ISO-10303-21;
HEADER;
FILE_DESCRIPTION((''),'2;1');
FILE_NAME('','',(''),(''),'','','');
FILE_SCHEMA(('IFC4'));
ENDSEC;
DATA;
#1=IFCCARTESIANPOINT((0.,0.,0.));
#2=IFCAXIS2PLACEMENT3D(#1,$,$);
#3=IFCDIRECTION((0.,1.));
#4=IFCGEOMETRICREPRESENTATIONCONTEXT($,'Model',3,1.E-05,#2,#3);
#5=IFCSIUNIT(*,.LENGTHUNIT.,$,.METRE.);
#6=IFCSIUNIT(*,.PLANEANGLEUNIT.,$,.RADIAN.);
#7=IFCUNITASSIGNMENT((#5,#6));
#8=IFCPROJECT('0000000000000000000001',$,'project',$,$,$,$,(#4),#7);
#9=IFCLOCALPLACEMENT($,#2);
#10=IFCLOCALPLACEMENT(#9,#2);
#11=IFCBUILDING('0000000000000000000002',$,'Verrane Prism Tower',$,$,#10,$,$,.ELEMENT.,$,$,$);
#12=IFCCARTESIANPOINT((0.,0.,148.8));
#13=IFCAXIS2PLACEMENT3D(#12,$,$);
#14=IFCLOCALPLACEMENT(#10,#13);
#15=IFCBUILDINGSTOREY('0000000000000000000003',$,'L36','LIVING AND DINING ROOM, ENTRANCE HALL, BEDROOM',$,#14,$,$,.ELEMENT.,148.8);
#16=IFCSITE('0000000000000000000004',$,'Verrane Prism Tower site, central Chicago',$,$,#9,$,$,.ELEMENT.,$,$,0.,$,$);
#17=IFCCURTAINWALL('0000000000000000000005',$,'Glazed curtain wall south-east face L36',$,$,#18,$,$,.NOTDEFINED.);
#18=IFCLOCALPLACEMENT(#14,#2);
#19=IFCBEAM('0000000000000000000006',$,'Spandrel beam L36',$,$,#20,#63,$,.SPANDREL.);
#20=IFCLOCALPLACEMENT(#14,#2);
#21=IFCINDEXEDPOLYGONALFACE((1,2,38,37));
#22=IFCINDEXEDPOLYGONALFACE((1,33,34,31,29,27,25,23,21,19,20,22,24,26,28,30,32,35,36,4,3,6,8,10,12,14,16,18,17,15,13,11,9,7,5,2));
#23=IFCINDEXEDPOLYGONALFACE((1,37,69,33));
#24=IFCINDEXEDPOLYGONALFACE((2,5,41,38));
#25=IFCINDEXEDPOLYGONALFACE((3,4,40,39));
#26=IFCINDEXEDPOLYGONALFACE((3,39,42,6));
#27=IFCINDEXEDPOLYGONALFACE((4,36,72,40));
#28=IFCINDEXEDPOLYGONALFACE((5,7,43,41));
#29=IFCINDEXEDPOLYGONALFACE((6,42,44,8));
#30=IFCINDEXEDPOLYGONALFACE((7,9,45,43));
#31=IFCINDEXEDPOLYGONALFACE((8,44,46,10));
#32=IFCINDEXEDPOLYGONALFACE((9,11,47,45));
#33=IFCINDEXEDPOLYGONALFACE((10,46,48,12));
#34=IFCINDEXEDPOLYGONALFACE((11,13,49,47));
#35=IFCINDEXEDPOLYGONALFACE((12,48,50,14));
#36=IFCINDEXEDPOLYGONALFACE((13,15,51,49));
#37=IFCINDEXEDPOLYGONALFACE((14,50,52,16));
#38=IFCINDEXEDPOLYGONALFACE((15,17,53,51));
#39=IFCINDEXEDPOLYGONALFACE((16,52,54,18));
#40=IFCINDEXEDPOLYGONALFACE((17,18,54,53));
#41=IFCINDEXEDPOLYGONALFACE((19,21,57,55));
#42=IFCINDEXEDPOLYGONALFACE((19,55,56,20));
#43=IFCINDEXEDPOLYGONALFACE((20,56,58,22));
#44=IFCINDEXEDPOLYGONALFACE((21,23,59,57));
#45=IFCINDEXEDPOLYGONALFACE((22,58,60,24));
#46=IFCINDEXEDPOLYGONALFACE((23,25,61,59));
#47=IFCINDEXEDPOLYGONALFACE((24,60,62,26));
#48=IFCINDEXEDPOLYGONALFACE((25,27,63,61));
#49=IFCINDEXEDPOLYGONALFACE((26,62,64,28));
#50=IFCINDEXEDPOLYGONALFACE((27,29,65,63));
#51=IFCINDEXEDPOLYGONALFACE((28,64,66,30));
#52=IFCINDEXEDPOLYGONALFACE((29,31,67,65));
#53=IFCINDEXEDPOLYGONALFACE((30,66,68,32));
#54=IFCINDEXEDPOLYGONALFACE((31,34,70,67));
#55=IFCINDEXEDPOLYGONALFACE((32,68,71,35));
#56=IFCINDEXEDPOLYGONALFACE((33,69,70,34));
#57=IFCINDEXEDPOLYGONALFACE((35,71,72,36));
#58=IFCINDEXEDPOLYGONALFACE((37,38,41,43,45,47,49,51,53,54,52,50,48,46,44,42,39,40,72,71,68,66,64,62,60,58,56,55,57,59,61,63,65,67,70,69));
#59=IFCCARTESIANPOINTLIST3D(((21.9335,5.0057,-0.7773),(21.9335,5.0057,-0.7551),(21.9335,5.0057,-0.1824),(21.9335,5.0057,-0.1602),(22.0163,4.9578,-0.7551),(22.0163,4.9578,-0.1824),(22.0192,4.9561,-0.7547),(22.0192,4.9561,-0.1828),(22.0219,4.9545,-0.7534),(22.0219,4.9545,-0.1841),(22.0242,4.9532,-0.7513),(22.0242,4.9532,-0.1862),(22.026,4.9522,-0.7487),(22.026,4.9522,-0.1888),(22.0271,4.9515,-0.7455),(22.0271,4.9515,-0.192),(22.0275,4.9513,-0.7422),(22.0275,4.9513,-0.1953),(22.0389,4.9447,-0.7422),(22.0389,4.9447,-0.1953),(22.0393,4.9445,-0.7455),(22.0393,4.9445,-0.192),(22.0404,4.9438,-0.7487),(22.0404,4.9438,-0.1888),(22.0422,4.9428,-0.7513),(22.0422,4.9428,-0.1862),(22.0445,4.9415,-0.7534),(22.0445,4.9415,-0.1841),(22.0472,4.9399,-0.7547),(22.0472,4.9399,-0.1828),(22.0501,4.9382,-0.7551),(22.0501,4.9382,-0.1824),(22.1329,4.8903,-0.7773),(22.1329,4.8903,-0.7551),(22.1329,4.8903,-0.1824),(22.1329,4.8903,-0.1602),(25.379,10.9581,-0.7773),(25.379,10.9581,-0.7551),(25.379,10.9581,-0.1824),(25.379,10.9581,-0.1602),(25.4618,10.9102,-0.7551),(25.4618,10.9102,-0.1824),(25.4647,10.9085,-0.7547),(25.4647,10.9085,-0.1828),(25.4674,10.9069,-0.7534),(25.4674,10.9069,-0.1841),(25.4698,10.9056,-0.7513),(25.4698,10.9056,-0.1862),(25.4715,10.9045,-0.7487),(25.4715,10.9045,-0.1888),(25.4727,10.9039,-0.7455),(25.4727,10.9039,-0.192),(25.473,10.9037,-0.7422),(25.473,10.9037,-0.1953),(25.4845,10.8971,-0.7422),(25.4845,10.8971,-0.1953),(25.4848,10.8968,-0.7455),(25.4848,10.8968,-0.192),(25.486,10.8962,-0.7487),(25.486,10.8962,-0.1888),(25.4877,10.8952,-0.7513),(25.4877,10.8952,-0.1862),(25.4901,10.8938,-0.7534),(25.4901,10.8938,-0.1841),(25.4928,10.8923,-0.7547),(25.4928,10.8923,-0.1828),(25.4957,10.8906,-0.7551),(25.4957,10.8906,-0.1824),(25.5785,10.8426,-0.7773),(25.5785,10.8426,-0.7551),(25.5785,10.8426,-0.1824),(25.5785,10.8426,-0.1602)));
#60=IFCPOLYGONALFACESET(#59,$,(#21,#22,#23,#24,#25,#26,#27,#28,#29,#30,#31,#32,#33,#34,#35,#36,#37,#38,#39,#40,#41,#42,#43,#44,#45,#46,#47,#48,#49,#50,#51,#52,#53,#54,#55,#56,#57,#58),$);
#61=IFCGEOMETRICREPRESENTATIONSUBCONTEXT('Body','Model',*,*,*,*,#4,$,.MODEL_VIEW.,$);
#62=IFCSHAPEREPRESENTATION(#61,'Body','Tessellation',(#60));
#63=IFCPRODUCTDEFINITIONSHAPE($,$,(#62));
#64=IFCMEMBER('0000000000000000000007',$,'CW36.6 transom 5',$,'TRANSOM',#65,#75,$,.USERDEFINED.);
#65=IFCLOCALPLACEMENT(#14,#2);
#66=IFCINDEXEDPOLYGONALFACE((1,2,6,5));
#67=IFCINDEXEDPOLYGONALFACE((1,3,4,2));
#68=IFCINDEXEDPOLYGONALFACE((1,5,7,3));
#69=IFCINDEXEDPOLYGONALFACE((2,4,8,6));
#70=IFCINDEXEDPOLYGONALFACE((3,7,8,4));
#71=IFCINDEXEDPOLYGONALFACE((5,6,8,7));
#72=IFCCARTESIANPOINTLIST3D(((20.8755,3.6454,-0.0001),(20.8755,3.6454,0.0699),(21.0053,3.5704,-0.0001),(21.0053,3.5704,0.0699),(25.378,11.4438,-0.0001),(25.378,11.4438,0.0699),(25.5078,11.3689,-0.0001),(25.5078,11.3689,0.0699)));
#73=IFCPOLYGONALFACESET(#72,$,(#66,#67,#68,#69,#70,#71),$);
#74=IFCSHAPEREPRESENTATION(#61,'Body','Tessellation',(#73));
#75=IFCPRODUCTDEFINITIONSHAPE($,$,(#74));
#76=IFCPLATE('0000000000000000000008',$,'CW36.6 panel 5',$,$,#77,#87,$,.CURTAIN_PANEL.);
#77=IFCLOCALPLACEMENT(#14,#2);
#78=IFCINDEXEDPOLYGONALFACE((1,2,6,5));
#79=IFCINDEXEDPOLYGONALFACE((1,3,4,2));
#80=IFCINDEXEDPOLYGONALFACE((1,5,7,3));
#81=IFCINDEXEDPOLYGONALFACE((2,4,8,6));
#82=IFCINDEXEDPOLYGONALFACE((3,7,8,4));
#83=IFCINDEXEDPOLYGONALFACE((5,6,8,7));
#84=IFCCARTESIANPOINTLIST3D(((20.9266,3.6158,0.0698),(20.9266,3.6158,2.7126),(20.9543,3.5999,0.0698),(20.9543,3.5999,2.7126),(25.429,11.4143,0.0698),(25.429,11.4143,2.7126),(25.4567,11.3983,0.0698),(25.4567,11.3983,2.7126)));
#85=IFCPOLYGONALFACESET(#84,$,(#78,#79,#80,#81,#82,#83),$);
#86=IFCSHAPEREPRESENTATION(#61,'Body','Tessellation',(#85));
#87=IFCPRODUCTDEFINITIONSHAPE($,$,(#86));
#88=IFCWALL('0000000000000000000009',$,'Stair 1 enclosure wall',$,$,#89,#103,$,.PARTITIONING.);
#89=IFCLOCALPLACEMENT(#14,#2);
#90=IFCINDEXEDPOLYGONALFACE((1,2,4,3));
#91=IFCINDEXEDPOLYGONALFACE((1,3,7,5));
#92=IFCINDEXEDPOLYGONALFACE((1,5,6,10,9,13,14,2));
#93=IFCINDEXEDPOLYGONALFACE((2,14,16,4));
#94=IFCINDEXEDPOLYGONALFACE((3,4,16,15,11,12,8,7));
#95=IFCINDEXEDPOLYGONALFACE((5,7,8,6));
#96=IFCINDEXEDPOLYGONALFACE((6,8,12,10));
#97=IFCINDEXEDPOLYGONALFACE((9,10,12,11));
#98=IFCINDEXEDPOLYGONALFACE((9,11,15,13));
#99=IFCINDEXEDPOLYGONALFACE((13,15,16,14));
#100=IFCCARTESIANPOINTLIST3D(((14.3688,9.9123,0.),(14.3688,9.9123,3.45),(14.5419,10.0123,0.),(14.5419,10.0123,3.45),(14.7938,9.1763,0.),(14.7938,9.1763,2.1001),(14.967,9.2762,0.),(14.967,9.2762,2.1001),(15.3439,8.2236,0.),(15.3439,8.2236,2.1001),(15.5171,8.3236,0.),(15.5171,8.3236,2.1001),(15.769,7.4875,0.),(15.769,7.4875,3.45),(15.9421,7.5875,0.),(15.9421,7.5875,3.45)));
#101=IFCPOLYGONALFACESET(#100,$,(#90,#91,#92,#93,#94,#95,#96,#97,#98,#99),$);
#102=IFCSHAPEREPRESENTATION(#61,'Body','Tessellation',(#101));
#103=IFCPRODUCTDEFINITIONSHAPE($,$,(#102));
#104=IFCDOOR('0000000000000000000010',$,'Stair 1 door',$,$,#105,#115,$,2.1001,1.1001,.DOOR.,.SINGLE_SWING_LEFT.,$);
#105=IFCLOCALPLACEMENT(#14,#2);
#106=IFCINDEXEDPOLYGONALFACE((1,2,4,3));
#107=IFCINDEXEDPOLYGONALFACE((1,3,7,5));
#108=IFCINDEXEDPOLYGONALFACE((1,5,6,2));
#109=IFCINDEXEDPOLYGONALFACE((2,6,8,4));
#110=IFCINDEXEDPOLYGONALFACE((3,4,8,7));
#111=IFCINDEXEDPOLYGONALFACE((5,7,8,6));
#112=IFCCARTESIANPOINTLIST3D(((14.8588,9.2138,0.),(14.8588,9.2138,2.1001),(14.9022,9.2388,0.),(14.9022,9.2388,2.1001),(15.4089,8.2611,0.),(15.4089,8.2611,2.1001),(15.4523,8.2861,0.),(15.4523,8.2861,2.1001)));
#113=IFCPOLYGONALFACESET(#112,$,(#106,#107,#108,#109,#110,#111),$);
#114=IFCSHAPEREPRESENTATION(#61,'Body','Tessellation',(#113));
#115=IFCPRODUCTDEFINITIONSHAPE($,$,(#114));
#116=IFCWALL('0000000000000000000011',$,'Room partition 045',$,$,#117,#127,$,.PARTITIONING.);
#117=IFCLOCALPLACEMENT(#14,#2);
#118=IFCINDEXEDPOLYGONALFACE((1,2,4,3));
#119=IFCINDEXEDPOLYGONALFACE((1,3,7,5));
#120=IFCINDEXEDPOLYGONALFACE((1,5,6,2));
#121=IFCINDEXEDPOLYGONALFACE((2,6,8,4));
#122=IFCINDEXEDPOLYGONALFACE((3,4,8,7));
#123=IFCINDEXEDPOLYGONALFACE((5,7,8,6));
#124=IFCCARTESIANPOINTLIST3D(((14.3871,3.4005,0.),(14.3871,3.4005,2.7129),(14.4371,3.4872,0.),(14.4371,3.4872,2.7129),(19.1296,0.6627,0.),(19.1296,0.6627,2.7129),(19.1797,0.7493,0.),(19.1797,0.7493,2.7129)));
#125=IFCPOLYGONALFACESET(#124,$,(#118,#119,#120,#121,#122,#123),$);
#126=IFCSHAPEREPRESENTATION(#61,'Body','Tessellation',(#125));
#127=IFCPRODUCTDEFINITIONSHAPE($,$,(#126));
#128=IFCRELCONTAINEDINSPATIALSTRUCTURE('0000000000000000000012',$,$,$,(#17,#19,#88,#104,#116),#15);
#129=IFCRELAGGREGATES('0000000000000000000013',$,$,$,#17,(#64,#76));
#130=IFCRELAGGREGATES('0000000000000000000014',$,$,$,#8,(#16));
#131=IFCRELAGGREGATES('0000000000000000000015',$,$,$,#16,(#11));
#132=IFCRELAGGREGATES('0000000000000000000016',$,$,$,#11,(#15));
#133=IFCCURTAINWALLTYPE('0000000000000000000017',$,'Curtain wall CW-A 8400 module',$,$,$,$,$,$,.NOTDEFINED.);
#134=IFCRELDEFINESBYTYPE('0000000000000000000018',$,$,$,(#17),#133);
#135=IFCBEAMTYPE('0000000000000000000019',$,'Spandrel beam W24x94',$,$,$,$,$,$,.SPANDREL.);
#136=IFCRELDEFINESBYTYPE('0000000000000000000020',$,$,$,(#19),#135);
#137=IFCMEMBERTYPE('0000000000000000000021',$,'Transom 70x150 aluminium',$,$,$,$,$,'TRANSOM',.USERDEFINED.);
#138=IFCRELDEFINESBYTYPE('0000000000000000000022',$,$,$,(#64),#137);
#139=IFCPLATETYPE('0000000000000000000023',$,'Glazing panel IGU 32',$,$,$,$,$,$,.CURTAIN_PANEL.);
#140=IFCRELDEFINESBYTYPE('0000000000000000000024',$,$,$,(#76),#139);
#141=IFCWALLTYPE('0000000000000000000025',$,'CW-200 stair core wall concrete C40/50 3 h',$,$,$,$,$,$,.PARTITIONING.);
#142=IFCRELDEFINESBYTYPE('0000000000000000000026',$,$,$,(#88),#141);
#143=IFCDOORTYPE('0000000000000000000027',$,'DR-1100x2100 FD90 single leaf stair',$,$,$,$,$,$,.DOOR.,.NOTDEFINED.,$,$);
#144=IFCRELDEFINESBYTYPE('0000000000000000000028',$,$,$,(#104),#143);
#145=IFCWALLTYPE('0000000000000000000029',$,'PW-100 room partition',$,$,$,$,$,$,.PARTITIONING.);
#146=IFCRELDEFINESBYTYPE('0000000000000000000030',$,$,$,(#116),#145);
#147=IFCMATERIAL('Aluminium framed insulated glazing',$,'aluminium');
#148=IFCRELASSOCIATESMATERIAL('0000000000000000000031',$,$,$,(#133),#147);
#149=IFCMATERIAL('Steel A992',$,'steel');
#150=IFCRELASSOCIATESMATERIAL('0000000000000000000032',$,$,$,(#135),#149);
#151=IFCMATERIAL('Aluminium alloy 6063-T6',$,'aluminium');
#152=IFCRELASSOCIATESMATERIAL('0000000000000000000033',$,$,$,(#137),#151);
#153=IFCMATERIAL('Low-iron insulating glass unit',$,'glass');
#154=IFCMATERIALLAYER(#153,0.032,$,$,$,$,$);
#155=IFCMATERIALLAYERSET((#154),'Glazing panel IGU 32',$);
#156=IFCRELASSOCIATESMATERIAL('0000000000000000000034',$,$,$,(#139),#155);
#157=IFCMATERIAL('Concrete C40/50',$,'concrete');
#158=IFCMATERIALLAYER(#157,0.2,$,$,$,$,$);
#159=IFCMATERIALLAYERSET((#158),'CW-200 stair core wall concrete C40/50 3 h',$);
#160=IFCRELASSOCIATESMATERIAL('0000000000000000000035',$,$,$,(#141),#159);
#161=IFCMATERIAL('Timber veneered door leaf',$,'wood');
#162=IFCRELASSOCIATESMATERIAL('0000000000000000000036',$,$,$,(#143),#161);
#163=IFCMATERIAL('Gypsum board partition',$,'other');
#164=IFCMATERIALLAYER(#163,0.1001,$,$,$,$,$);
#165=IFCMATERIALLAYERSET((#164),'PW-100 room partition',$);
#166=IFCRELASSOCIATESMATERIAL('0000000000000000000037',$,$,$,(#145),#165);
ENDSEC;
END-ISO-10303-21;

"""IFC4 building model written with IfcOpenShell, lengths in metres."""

from ifc_helpers import new_model, si_unit, direction, frame, frame_2d, origin, origin_2d, place, context, subcontext, project, spatial, rectangle, i_section, extrude, material, layer, layer_set, material_profile, profile_set, type_object, element, fill, aggregate, save


model = new_model("IFC4")

# Units and contexts
model_context = context("Model", 3, precision=1e-05, world=origin(), true_north=direction((0.0, 1.0)))
body_context = subcontext(model_context, "Body", "Model", "MODEL_VIEW")
ifc_project = project(units=[si_unit("LENGTHUNIT", "METRE"), si_unit("PLANEANGLEUNIT", "RADIAN")], contexts=[model_context])

# Site, building, storey
site_placement = place(None, origin())
site = spatial("IfcSite", under=ifc_project, at=site_placement, Name="Verrane Prism Tower site, central Chicago", CompositionType="ELEMENT", RefElevation=0.0)
building_placement = place(site_placement, origin())
building = spatial("IfcBuilding", under=site, at=building_placement, Name="Verrane Prism Tower", CompositionType="ELEMENT")
storey_placement = place(building_placement, frame((0.0, 0.0, 148.8)))
storey = spatial("IfcBuildingStorey", under=building, at=storey_placement, Name="L36", Description="LIVING AND DINING ROOM, ENTRANCE HALL, BEDROOM", CompositionType="ELEMENT", Elevation=148.8)

# Curtain wall
ifc_material_1 = material(Name="Aluminium framed insulated glazing", Category="aluminium")
curtain_wall_type = type_object("IfcCurtainWallType", Name="Curtain wall CW-A 8400 module", PredefinedType="NOTDEFINED", material=ifc_material_1)
curtain_wall_1_placement = place(storey_placement, origin())
curtain_wall_1 = element("IfcCurtainWall", 1, at=curtain_wall_1_placement, inside=storey, type_object=curtain_wall_type, Name="Glazed curtain wall south-east face L36", PredefinedType="NOTDEFINED")

# Beam
ifc_material_2 = material(Name="Steel A992", Category="steel")
ifc_material_profile_1 = material_profile(ifc_material_2, i_section(OverallWidth=0.2305, OverallDepth=0.6172, WebThickness=0.0132, FlangeThickness=0.0222, FilletRadius=0.0129, at=origin_2d()), Name="W24x94")
ifc_profile_set_1 = profile_set([ifc_material_profile_1], Name="Steel A992")
beam_type_1 = type_object("IfcBeamType", Name="Spandrel beam W24x94", PredefinedType="SPANDREL", material=ifc_profile_set_1)
beam_1_placement = place(storey_placement, frame((22.0332, 4.948, -0.4688), z_axis=(0.500975, 0.865462, 0.0), x_axis=(-0.865462, 0.500975, 0.0)))
element("IfcBeam", 2, at=beam_1_placement, inside=storey, type_object=beam_type_1, Name="Spandrel beam L36", PredefinedType="SPANDREL", context=body_context, shape_type="SweptSolid", body=[
    extrude(i_section(OverallWidth=0.2305, OverallDepth=0.6172, WebThickness=0.0132, FlangeThickness=0.0222, FilletRadius=0.0129, at=origin_2d()), origin(), (0.0, 0.0, 1.0), 6.8777),
])

# Member
ifc_material_3 = material(Name="Aluminium alloy 6063-T6", Category="aluminium")
ifc_material_profile_2 = material_profile(ifc_material_3, rectangle(XDim=0.1499, YDim=0.0701, at=origin_2d()), Name="Transom 70x150 aluminium")
ifc_profile_set_2 = profile_set([ifc_material_profile_2], Name="Aluminium alloy 6063-T6")
member_type_1 = type_object("IfcMemberType", Name="Transom 70x150 aluminium", ElementType="TRANSOM", PredefinedType="USERDEFINED", material=ifc_profile_set_2)
member_1_placement = place(storey_placement, frame((20.9404, 3.6079, 0.0349), z_axis=(0.500006, 0.866022, 0.0), x_axis=(-0.866022, 0.500006, 0.0)))
member_1 = element("IfcMember", 3, at=member_1_placement, type_object=member_type_1, Name="CW36.6 transom 5", ObjectType="TRANSOM", PredefinedType="USERDEFINED", context=body_context, shape_type="SweptSolid", body=[
    extrude(rectangle(XDim=0.1499, YDim=0.0701, at=origin_2d()), origin(), (0.0, 0.0, 1.0), 9.0049),
])

# Plate
ifc_material_4 = material(Name="Low-iron insulating glass unit", Category="glass")
ifc_layer_1 = layer(ifc_material_4, 0.032)
ifc_layer_set_1 = layer_set([ifc_layer_1], Name="Glazing panel IGU 32")
plate_type = type_object("IfcPlateType", Name="Glazing panel IGU 32", PredefinedType="CURTAIN_PANEL", material=ifc_layer_set_1)
plate_placement = place(storey_placement, frame((23.1917, 7.5071, 0.0698), z_axis=(0.0, 0.0, 1.0), x_axis=(0.500001, 0.866025, 0.0)))
plate = element("IfcPlate", 4, at=plate_placement, type_object=plate_type, Name="CW36.6 panel 5", PredefinedType="CURTAIN_PANEL", context=body_context, shape_type="SweptSolid", body=[
    extrude(rectangle(XDim=9.0049, YDim=0.032, at=origin_2d()), origin(), (0.0, 0.0, 1.0), 2.6428),
])
aggregate(curtain_wall_1, [member_1, plate])

# Wall, opening, door
ifc_material_5 = material(Name="Concrete C40/50", Category="concrete")
ifc_layer_2 = layer(ifc_material_5, 0.2)
ifc_layer_set_2 = layer_set([ifc_layer_2], Name="CW-200 stair core wall concrete C40/50 3 h")
wall_type_1 = type_object("IfcWallType", Name="CW-200 stair core wall concrete C40/50 3 h", PredefinedType="PARTITIONING", material=ifc_layer_set_2)
wall_1_placement = place(storey_placement, frame((15.8555, 7.5376, 0.0), z_axis=(0.0, 0.0, 1.0), x_axis=(-0.50005, 0.865997, 0.0)))
wall_1 = element("IfcWall", 5, at=wall_1_placement, inside=storey, type_object=wall_type_1, Name="Stair 1 enclosure wall", PredefinedType="PARTITIONING", context=body_context, shape_type="SweptSolid", body=[
    extrude(rectangle(XDim=2.8, YDim=0.2, at=frame_2d((1.3999, 0.0))), origin(), (0.0, 0.0, 1.0), 3.45),
])
opening_1_placement = place(wall_1_placement, frame((0.8499, 0.0, 0.0)))
opening_1 = element("IfcOpeningElement", 6, at=opening_1_placement, cuts=wall_1, PredefinedType="OPENING", context=body_context, shape_type="SweptSolid", body=[
    extrude(rectangle(XDim=1.1001, YDim=2.1001, at=frame_2d((0.55, 1.05))), frame((0.0, 0.1099, 0.0), z_axis=(0.0, -1.0, 0.0), x_axis=(1.0, 0.0, 0.0)), (0.0, 0.0, 1.0), 0.22),
])
ifc_material_6 = material(Name="Timber veneered door leaf", Category="wood")
door_type_1 = type_object("IfcDoorType", Name="DR-1100x2100 FD90 single leaf stair", OperationType="NOTDEFINED", PredefinedType="DOOR", material=ifc_material_6)
door_1_placement = place(opening_1_placement, origin())
door_1 = element("IfcDoor", 7, at=door_1_placement, inside=storey, type_object=door_type_1, Name="Stair 1 door", OperationType="SINGLE_SWING_LEFT", OverallHeight=2.1001, OverallWidth=1.1001, PredefinedType="DOOR", context=body_context, shape_type="SweptSolid", body=[
    extrude(rectangle(XDim=1.1001, YDim=2.1001, at=frame_2d((0.55, 1.05))), frame((0.0, 0.0249, 0.0), z_axis=(0.0, -1.0, 0.0), x_axis=(1.0, 0.0, 0.0)), (0.0, 0.0, 1.0), 0.05),
])
fill(opening_1, door_1)

# Wall
ifc_material_7 = material(Name="Gypsum board partition", Category="other")
ifc_layer_3 = layer(ifc_material_7, 0.1001)
ifc_layer_set_3 = layer_set([ifc_layer_3], Name="PW-100 room partition")
wall_type_2 = type_object("IfcWallType", Name="PW-100 room partition", PredefinedType="PARTITIONING", material=ifc_layer_set_3)
wall_2_placement = place(storey_placement, frame((14.4121, 3.4438, 0.0), z_axis=(0.0, 0.0, 1.0), x_axis=(0.866045, -0.499966, 0.0)))
element("IfcWall", 8, at=wall_2_placement, inside=storey, type_object=wall_type_2, Name="Room partition 045", PredefinedType="PARTITIONING", context=body_context, shape_type="SweptSolid", body=[
    extrude(rectangle(XDim=5.4761, YDim=0.1001, at=frame_2d((2.738, 0.0))), origin(), (0.0, 0.0, 1.0), 2.7129),
])

save(model, "model.ifc")
